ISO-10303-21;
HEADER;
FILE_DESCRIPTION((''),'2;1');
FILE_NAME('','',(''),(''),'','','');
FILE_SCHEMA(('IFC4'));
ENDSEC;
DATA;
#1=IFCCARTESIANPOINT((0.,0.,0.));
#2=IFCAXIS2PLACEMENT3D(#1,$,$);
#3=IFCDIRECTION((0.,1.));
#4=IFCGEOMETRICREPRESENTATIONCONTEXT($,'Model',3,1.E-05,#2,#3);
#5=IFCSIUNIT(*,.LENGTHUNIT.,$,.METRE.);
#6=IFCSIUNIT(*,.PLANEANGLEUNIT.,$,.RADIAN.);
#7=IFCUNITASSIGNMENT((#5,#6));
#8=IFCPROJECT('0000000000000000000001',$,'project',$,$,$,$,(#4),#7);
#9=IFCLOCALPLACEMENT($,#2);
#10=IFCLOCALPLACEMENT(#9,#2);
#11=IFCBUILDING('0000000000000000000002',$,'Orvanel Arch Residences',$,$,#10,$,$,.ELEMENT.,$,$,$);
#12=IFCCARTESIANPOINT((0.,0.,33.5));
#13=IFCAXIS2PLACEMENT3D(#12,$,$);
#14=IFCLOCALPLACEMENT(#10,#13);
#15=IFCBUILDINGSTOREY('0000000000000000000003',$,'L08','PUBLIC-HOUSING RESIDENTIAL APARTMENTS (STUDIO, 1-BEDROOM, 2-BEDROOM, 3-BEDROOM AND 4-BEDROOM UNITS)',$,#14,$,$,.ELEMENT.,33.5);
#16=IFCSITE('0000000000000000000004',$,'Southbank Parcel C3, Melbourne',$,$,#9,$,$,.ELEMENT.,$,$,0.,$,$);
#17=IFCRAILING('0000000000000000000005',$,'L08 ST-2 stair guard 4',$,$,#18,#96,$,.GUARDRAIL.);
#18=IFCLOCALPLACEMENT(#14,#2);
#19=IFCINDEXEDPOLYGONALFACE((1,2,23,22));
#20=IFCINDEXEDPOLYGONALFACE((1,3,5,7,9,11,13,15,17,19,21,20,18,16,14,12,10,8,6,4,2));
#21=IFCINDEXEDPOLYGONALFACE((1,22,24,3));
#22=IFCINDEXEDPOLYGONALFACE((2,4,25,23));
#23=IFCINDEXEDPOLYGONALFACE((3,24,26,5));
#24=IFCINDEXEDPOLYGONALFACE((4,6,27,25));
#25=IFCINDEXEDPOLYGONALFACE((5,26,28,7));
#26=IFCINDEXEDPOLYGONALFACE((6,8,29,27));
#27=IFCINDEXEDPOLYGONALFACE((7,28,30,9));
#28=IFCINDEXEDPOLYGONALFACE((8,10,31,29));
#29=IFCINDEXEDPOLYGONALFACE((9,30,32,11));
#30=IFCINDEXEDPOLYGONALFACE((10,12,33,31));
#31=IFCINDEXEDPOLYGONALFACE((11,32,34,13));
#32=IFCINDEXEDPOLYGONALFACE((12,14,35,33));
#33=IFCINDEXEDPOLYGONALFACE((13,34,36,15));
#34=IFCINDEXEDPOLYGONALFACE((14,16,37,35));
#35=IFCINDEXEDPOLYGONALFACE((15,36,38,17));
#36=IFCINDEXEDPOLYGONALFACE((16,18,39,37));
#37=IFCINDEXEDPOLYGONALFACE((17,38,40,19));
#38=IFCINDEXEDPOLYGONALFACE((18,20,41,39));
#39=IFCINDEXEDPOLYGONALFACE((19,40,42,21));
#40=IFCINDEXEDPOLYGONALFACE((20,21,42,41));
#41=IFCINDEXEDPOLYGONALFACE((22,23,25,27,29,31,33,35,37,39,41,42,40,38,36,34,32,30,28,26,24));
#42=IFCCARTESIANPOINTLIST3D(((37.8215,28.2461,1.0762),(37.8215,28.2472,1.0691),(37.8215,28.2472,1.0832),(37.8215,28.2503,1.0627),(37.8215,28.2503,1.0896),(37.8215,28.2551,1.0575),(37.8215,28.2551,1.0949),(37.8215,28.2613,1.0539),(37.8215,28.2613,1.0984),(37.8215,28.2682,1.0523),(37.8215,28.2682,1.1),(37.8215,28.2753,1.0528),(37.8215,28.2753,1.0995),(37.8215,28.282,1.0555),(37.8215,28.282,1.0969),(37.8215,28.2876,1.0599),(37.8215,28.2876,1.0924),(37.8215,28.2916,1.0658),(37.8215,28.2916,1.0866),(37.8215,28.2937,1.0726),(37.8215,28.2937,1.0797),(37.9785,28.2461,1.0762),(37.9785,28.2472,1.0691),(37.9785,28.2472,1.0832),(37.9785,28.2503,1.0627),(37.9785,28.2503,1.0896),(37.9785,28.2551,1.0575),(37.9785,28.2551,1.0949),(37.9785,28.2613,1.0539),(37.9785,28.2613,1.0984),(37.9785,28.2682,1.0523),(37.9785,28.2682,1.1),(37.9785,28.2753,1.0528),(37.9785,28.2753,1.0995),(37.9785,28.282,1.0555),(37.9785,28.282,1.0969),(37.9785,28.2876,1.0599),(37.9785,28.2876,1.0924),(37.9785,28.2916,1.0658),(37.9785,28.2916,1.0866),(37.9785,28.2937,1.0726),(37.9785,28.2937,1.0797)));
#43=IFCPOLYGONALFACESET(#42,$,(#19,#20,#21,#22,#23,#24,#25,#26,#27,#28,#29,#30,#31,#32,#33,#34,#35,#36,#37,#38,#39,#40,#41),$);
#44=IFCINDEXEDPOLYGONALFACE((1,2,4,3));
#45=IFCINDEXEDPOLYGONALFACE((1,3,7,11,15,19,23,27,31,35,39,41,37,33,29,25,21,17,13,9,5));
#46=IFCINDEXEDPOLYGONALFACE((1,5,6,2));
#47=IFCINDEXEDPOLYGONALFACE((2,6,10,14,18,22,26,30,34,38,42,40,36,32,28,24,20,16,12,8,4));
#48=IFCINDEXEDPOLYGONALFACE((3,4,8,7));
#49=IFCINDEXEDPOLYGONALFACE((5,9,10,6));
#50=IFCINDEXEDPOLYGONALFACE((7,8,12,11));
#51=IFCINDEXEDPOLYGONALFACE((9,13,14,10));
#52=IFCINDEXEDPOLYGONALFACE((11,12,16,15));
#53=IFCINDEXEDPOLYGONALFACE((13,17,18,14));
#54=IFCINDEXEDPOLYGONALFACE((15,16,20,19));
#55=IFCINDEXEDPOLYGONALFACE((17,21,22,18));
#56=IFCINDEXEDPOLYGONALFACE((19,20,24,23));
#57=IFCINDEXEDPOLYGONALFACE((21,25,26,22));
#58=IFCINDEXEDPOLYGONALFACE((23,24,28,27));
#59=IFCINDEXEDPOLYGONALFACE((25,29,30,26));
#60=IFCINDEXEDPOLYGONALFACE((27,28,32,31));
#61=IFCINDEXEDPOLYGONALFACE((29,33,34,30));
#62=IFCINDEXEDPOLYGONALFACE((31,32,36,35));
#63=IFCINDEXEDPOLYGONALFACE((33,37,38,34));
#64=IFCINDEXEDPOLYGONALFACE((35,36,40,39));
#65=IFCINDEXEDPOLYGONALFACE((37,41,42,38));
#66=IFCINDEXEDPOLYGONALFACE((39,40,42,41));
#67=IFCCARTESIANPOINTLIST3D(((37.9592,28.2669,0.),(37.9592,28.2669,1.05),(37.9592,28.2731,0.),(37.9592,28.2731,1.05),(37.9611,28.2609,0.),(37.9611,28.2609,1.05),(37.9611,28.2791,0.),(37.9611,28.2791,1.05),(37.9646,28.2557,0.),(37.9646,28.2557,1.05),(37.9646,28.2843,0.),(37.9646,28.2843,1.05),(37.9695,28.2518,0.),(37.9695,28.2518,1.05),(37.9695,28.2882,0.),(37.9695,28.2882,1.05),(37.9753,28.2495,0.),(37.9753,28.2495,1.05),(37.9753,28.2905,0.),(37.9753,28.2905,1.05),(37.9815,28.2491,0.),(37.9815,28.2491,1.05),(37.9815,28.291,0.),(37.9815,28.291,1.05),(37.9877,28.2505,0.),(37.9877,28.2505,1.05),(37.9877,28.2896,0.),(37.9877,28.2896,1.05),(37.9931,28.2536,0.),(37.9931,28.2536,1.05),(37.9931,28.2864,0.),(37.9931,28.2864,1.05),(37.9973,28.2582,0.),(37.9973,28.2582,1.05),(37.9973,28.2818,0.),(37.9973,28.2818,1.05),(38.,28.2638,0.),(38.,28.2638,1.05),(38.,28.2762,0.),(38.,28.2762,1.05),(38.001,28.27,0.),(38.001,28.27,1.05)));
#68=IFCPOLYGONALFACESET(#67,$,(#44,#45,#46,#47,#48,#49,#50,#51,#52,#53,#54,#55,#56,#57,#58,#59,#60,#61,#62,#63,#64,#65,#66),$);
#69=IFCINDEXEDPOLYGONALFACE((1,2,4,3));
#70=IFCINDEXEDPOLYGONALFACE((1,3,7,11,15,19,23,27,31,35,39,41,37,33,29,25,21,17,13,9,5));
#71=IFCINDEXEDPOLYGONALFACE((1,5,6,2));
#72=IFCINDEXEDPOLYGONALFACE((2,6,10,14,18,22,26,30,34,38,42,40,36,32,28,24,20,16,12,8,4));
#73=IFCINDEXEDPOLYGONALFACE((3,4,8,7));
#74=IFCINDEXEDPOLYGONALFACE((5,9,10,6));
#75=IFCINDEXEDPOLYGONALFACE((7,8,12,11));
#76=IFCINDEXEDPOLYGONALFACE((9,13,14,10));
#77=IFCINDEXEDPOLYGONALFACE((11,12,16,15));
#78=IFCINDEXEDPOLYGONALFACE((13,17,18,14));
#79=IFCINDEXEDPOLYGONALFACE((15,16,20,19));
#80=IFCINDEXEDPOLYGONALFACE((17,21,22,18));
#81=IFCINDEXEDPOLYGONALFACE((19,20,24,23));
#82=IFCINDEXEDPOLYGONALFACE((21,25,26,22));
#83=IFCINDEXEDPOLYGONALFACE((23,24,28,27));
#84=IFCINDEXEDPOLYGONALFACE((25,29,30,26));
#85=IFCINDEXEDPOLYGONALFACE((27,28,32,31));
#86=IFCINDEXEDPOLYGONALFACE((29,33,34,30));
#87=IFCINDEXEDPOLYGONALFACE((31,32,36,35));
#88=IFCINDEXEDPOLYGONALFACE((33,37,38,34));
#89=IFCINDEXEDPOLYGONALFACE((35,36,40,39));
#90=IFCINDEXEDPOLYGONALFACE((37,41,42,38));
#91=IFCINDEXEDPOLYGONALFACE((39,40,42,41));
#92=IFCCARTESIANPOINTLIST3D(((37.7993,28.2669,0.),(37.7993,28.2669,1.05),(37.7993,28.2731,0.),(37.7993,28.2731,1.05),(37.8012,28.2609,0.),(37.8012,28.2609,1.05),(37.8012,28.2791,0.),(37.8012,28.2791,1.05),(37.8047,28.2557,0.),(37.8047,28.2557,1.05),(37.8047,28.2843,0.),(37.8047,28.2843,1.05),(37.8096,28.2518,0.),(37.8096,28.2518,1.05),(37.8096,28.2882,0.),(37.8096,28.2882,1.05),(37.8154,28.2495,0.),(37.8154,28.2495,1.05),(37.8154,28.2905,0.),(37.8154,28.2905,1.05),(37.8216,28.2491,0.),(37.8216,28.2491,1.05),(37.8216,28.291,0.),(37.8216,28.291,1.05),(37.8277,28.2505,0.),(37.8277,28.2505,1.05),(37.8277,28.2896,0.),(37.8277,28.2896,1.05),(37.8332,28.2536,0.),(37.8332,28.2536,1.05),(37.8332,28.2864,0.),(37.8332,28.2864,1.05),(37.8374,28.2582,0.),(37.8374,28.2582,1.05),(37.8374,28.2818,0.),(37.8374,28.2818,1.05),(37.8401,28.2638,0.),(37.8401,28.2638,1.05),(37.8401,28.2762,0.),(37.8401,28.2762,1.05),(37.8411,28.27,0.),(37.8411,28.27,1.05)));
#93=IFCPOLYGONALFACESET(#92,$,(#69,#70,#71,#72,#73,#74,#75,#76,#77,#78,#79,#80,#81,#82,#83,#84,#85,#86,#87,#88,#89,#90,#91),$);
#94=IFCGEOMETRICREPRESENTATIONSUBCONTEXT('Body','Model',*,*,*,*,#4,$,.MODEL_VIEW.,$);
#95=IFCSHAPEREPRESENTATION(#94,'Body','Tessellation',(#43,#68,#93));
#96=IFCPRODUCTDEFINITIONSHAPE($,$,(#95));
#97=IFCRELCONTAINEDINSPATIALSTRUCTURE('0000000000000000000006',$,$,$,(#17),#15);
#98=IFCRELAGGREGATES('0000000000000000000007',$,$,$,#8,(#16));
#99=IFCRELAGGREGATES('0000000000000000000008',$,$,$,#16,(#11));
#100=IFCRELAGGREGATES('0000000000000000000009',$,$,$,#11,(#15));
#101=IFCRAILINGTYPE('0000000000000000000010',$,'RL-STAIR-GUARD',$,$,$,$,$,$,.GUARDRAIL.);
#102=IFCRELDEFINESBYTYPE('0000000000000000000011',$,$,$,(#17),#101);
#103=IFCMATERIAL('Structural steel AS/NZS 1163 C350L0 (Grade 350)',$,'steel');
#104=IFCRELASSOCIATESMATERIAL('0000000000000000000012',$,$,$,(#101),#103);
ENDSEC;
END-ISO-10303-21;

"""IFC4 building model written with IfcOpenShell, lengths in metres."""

from ifc_helpers import new_model, si_unit, direction, frame, origin, origin_2d, place, context, subcontext, project, spatial, circle, extrude, material, type_object, element, save


model = new_model("IFC4")

# Units and contexts
model_context = context("Model", 3, precision=1e-05, world=origin(), true_north=direction((0.0, 1.0)))
body_context = subcontext(model_context, "Body", "Model", "MODEL_VIEW")
ifc_project = project(units=[si_unit("LENGTHUNIT", "METRE"), si_unit("PLANEANGLEUNIT", "RADIAN")], contexts=[model_context])

# Site, building, storey
site_placement = place(None, origin())
site = spatial("IfcSite", under=ifc_project, at=site_placement, Name="Southbank Parcel C3, Melbourne", CompositionType="ELEMENT", RefElevation=0.0)
building_placement = place(site_placement, origin())
building = spatial("IfcBuilding", under=site, at=building_placement, Name="Orvanel Arch Residences", CompositionType="ELEMENT")
storey_placement = place(building_placement, frame((0.0, 0.0, 33.5)))
storey = spatial("IfcBuildingStorey", under=building, at=storey_placement, Name="L08", Description="PUBLIC-HOUSING RESIDENTIAL APARTMENTS (STUDIO, 1-BEDROOM, 2-BEDROOM, 3-BEDROOM AND 4-BEDROOM UNITS)", CompositionType="ELEMENT", Elevation=33.5)

# Railing
ifc_material_1 = material(Name="Structural steel AS/NZS 1163 C350L0 (Grade 350)", Category="steel")
railing_type_1 = type_object("IfcRailingType", Name="RL-STAIR-GUARD", PredefinedType="GUARDRAIL", material=ifc_material_1)
railing_1_placement = place(storey_placement, frame((37.98, 28.27, 0.0)))
element("IfcRailing", 1, at=railing_1_placement, inside=storey, type_object=railing_type_1, Name="L08 ST-2 stair guard 4", PredefinedType="GUARDRAIL", context=body_context, shape_type="SweptSolid", body=[
    extrude(circle(Radius=0.0239, at=origin_2d()), frame((-0.0015, 0.0, 1.0762), z_axis=(-1.0, 0.0, 0.0), x_axis=(0.0, -1.0, 0.0)), (0.0, 0.0, 1.0), 0.157),
    extrude(circle(Radius=0.021, at=origin_2d()), origin(), (0.0, 0.0, 1.0), 1.05),
    extrude(circle(Radius=0.021, at=origin_2d()), frame((-0.1599, 0.0, 0.0)), (0.0, 0.0, 1.0), 1.05),
])

save(model, "model.ifc")
